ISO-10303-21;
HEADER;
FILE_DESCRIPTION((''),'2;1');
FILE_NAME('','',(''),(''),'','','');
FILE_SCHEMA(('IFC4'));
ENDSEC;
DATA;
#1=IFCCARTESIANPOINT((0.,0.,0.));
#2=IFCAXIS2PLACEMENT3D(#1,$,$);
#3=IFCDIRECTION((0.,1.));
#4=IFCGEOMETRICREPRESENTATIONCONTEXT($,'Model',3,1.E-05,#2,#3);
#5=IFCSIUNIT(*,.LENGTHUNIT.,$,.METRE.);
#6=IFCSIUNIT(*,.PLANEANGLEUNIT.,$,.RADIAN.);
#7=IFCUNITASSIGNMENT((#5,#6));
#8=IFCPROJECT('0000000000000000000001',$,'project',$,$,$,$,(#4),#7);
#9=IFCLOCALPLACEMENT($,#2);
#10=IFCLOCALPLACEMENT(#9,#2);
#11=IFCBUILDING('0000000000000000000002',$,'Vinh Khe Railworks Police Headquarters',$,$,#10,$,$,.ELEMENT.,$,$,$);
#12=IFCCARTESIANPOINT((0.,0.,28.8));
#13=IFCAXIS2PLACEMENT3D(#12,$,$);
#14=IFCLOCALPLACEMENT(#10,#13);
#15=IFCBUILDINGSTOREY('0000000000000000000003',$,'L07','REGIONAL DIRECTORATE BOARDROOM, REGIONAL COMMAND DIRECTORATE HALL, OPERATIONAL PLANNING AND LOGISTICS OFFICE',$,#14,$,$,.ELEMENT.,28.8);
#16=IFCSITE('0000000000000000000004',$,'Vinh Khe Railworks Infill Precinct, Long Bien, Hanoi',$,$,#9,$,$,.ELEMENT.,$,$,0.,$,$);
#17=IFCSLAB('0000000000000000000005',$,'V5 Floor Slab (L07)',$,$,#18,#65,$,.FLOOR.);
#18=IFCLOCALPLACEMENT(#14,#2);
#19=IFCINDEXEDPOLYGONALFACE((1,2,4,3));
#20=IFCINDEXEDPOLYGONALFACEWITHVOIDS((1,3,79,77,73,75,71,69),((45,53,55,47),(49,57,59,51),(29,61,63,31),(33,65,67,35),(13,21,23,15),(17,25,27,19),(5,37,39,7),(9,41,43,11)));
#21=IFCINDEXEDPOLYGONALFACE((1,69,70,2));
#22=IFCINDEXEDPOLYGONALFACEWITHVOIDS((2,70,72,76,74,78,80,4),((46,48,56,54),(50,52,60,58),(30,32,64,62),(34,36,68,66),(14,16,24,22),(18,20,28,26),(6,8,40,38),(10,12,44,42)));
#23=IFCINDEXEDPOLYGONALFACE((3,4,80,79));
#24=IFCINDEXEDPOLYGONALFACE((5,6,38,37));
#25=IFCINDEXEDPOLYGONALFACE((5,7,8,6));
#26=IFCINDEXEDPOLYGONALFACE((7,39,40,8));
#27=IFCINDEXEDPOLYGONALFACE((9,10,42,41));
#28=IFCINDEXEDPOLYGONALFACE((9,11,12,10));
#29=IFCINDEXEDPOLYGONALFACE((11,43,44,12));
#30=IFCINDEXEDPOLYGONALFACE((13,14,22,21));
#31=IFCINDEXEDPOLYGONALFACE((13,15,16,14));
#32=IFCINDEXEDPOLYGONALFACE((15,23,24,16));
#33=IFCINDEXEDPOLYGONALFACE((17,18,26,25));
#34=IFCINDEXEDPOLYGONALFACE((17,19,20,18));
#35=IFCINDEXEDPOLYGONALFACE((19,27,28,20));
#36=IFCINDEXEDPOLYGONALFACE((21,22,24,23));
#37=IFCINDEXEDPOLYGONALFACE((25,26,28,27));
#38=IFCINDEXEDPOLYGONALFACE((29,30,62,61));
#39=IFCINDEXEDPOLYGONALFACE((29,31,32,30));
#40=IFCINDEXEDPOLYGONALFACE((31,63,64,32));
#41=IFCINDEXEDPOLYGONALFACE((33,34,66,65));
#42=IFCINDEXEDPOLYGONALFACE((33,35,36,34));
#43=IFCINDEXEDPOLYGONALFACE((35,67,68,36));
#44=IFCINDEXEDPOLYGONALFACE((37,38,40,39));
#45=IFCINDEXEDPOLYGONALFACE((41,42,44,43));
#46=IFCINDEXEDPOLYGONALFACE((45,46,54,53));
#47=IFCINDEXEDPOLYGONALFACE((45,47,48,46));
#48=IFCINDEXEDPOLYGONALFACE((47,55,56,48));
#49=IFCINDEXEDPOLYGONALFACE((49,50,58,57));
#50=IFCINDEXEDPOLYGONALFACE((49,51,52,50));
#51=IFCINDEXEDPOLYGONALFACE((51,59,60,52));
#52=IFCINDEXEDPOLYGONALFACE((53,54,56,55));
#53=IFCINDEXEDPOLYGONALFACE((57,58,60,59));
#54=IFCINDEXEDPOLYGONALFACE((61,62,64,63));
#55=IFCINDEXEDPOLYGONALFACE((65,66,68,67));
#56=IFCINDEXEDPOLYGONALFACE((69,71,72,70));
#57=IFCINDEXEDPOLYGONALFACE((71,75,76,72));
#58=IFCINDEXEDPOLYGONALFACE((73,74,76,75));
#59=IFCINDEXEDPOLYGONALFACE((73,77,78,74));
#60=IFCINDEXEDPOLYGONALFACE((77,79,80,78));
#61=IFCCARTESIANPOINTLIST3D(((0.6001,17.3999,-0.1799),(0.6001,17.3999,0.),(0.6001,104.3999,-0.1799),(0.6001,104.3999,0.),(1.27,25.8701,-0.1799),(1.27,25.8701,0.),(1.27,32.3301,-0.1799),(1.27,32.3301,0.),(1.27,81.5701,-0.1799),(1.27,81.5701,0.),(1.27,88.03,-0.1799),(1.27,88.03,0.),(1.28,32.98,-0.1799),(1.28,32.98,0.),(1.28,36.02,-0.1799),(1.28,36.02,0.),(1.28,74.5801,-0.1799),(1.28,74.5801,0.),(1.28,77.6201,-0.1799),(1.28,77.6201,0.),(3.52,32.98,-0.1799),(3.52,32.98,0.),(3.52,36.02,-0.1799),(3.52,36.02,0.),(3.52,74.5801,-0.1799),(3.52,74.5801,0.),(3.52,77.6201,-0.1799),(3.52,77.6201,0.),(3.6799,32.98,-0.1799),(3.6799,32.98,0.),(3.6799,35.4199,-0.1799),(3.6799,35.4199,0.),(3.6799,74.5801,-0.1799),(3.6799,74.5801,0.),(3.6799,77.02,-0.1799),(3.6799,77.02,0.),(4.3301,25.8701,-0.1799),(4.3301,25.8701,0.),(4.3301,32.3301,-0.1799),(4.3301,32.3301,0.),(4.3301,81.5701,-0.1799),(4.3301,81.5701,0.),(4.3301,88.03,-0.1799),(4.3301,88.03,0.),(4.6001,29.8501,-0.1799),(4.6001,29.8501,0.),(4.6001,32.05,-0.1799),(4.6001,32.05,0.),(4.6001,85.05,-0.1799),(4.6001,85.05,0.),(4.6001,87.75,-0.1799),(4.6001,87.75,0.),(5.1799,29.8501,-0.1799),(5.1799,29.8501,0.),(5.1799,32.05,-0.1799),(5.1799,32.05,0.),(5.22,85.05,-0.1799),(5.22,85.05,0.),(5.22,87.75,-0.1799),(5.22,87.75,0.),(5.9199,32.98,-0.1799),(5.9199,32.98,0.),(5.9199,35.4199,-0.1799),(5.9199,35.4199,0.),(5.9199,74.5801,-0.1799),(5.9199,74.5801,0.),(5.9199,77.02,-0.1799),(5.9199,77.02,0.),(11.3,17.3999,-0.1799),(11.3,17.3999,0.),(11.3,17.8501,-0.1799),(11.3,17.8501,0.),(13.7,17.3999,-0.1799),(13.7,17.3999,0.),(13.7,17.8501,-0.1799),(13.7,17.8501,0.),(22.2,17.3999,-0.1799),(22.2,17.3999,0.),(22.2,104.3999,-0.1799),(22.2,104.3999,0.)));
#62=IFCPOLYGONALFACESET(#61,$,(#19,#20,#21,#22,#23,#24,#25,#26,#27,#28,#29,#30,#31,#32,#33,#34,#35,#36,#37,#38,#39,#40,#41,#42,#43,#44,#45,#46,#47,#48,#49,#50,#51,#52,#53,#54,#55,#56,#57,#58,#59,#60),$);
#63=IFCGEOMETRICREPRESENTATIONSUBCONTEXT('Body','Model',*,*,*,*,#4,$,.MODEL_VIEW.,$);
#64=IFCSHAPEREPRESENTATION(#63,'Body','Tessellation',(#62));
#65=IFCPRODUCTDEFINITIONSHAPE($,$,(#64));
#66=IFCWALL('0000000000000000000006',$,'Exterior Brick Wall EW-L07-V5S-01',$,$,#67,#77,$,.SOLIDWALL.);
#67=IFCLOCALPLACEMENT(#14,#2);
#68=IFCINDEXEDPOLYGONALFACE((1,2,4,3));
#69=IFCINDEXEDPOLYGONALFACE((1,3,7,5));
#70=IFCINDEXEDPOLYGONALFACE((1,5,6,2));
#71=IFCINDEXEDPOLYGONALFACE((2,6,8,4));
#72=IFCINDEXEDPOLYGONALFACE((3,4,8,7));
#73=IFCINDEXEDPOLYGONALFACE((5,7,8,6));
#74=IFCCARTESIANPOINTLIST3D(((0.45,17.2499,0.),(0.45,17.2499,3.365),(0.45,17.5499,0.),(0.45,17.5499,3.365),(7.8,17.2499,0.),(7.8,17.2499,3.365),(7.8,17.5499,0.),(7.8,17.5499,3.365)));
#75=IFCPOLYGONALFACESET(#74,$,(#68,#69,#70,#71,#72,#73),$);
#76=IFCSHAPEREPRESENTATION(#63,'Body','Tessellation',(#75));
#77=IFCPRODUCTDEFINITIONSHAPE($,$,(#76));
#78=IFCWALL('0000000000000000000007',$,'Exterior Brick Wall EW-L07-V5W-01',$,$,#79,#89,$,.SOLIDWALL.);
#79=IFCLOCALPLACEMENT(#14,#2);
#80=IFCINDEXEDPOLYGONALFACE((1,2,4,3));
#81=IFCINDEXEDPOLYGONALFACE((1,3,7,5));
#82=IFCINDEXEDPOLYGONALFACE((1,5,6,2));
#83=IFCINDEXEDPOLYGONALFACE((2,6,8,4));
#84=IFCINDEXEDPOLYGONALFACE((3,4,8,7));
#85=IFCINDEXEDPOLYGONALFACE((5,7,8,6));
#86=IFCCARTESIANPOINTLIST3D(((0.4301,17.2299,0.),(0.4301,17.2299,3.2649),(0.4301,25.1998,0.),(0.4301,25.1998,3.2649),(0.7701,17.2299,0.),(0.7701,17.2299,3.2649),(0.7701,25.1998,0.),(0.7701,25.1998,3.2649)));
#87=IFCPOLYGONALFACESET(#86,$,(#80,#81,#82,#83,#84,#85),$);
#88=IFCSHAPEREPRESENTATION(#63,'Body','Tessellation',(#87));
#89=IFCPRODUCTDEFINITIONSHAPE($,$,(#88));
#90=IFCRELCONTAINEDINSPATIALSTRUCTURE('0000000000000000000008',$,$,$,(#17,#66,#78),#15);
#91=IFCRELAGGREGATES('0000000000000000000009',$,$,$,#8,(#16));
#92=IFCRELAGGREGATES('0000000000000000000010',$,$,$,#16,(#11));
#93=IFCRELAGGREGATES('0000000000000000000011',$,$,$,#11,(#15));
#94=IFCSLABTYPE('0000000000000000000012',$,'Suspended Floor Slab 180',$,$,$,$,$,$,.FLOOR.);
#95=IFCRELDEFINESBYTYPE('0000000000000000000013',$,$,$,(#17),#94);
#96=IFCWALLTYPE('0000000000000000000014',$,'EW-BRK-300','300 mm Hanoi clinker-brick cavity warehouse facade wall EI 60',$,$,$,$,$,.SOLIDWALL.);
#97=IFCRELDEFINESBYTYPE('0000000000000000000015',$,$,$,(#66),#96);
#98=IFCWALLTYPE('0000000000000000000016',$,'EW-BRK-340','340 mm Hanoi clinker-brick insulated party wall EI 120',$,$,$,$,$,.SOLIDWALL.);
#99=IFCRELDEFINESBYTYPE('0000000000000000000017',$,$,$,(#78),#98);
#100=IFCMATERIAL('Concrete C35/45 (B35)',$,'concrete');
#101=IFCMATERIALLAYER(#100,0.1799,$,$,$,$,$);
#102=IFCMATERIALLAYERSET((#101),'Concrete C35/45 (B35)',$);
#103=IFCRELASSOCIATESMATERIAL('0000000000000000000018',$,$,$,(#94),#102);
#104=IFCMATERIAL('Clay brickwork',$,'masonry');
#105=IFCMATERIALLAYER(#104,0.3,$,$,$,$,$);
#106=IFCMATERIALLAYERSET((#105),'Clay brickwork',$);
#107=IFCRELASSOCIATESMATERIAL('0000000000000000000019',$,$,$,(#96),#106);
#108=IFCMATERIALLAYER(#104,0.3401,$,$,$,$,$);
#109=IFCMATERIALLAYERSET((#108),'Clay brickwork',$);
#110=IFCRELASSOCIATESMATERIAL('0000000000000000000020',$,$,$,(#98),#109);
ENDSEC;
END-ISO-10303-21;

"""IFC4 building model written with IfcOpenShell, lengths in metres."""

from ifc_helpers import new_model, si_unit, direction, frame, frame_2d, origin, place, context, subcontext, project, spatial, polyline, rectangle, outline, extrude, material, layer, layer_set, type_object, element, save


model = new_model("IFC4")

# Units and contexts
model_context = context("Model", 3, precision=1e-05, world=origin(), true_north=direction((0.0, 1.0)))
body_context = subcontext(model_context, "Body", "Model", "MODEL_VIEW")
ifc_project = project(units=[si_unit("LENGTHUNIT", "METRE"), si_unit("PLANEANGLEUNIT", "RADIAN")], contexts=[model_context])

# Site, building, storey
site_placement = place(None, origin())
site = spatial("IfcSite", under=ifc_project, at=site_placement, Name="Vinh Khe Railworks Infill Precinct, Long Bien, Hanoi", CompositionType="ELEMENT", RefElevation=0.0)
building_placement = place(site_placement, origin())
building = spatial("IfcBuilding", under=site, at=building_placement, Name="Vinh Khe Railworks Police Headquarters", CompositionType="ELEMENT")
storey_placement = place(building_placement, frame((0.0, 0.0, 28.8)))
storey = spatial("IfcBuildingStorey", under=building, at=storey_placement, Name="L07", Description="REGIONAL DIRECTORATE BOARDROOM, REGIONAL COMMAND DIRECTORATE HALL, OPERATIONAL PLANNING AND LOGISTICS OFFICE", CompositionType="ELEMENT", Elevation=28.8)

# Shared definitions
ifc_material_1 = material(Name="Concrete C35/45 (B35)", Category="concrete")

# Slab
ifc_layer_1 = layer(ifc_material_1, 0.1799)
ifc_layer_set_1 = layer_set([ifc_layer_1], Name="Concrete C35/45 (B35)")
slab_type_1 = type_object("IfcSlabType", Name="Suspended Floor Slab 180", PredefinedType="FLOOR", material=ifc_layer_set_1)
slab_1_placement = place(storey_placement, frame((0.0, 0.0, -0.1799)))
element("IfcSlab", 1, at=slab_1_placement, inside=storey, type_object=slab_type_1, Name="V5 Floor Slab (L07)", PredefinedType="FLOOR", context=body_context, shape_type="SweptSolid", body=[
    extrude(outline(polyline([(0.6001, 17.3999), (11.3, 17.3999), (11.3, 17.8501), (13.7, 17.8501), (13.7, 17.3999), (22.2, 17.3999), (22.2, 104.3999), (0.6001, 104.3999), (0.6001, 17.3999)]), holes=[polyline([(1.27, 25.8701), (4.3301, 25.8701), (4.3301, 32.3301), (1.27, 32.3301), (1.27, 25.8701)]), polyline([(1.28, 32.98), (3.52, 32.98), (3.52, 36.02), (1.28, 36.02), (1.28, 32.98)]), polyline([(3.6799, 32.98), (5.9199, 32.98), (5.9199, 35.4199), (3.6799, 35.4199), (3.6799, 32.98)]), polyline([(1.27, 81.5701), (4.3301, 81.5701), (4.3301, 88.03), (1.27, 88.03), (1.27, 81.5701)]), polyline([(1.28, 74.5801), (3.52, 74.5801), (3.52, 77.6201), (1.28, 77.6201), (1.28, 74.5801)]), polyline([(3.6799, 74.5801), (5.9199, 74.5801), (5.9199, 77.02), (3.6799, 77.02), (3.6799, 74.5801)]), polyline([(4.6001, 29.8501), (5.1799, 29.8501), (5.1799, 32.05), (4.6001, 32.05), (4.6001, 29.8501)]), polyline([(4.6001, 85.05), (5.22, 85.05), (5.22, 87.75), (4.6001, 87.75), (4.6001, 85.05)])]), origin(), (0.0, 0.0, 1.0), 0.1799),
])

# Walls
ifc_material_2 = material(Name="Clay brickwork", Category="masonry")
ifc_layer_2 = layer(ifc_material_2, 0.3)
ifc_layer_set_2 = layer_set([ifc_layer_2], Name="Clay brickwork")
wall_type_1 = type_object("IfcWallType", Name="EW-BRK-300", Description="300 mm Hanoi clinker-brick cavity warehouse facade wall EI 60", PredefinedType="SOLIDWALL", material=ifc_layer_set_2)
wall_1_placement = place(storey_placement, frame((0.45, 17.3999, 0.0), z_axis=(0.0, 0.0, 1.0), x_axis=(1.0, 0.0, 0.0)))
element("IfcWall", 2, at=wall_1_placement, inside=storey, type_object=wall_type_1, Name="Exterior Brick Wall EW-L07-V5S-01", PredefinedType="SOLIDWALL", context=body_context, shape_type="SweptSolid", body=[
    extrude(rectangle(XDim=7.3501, YDim=0.3, at=frame_2d((3.675, 0.0))), origin(), (0.0, 0.0, 1.0), 3.365),
])
ifc_layer_3 = layer(ifc_material_2, 0.3401)
ifc_layer_set_3 = layer_set([ifc_layer_3], Name="Clay brickwork")
wall_type_2 = type_object("IfcWallType", Name="EW-BRK-340", Description="340 mm Hanoi clinker-brick insulated party wall EI 120", PredefinedType="SOLIDWALL", material=ifc_layer_set_3)
wall_2_placement = place(storey_placement, frame((0.6001, 17.23, 0.0), z_axis=(0.0, 0.0, 1.0), x_axis=(0.0, 1.0, 0.0)))
element("IfcWall", 3, at=wall_2_placement, inside=storey, type_object=wall_type_2, Name="Exterior Brick Wall EW-L07-V5W-01", PredefinedType="SOLIDWALL", context=body_context, shape_type="SweptSolid", body=[
    extrude(rectangle(XDim=7.97, YDim=0.3401, at=frame_2d((3.9849, 0.0))), origin(), (0.0, 0.0, 1.0), 3.2649),
])

save(model, "model.ifc")
